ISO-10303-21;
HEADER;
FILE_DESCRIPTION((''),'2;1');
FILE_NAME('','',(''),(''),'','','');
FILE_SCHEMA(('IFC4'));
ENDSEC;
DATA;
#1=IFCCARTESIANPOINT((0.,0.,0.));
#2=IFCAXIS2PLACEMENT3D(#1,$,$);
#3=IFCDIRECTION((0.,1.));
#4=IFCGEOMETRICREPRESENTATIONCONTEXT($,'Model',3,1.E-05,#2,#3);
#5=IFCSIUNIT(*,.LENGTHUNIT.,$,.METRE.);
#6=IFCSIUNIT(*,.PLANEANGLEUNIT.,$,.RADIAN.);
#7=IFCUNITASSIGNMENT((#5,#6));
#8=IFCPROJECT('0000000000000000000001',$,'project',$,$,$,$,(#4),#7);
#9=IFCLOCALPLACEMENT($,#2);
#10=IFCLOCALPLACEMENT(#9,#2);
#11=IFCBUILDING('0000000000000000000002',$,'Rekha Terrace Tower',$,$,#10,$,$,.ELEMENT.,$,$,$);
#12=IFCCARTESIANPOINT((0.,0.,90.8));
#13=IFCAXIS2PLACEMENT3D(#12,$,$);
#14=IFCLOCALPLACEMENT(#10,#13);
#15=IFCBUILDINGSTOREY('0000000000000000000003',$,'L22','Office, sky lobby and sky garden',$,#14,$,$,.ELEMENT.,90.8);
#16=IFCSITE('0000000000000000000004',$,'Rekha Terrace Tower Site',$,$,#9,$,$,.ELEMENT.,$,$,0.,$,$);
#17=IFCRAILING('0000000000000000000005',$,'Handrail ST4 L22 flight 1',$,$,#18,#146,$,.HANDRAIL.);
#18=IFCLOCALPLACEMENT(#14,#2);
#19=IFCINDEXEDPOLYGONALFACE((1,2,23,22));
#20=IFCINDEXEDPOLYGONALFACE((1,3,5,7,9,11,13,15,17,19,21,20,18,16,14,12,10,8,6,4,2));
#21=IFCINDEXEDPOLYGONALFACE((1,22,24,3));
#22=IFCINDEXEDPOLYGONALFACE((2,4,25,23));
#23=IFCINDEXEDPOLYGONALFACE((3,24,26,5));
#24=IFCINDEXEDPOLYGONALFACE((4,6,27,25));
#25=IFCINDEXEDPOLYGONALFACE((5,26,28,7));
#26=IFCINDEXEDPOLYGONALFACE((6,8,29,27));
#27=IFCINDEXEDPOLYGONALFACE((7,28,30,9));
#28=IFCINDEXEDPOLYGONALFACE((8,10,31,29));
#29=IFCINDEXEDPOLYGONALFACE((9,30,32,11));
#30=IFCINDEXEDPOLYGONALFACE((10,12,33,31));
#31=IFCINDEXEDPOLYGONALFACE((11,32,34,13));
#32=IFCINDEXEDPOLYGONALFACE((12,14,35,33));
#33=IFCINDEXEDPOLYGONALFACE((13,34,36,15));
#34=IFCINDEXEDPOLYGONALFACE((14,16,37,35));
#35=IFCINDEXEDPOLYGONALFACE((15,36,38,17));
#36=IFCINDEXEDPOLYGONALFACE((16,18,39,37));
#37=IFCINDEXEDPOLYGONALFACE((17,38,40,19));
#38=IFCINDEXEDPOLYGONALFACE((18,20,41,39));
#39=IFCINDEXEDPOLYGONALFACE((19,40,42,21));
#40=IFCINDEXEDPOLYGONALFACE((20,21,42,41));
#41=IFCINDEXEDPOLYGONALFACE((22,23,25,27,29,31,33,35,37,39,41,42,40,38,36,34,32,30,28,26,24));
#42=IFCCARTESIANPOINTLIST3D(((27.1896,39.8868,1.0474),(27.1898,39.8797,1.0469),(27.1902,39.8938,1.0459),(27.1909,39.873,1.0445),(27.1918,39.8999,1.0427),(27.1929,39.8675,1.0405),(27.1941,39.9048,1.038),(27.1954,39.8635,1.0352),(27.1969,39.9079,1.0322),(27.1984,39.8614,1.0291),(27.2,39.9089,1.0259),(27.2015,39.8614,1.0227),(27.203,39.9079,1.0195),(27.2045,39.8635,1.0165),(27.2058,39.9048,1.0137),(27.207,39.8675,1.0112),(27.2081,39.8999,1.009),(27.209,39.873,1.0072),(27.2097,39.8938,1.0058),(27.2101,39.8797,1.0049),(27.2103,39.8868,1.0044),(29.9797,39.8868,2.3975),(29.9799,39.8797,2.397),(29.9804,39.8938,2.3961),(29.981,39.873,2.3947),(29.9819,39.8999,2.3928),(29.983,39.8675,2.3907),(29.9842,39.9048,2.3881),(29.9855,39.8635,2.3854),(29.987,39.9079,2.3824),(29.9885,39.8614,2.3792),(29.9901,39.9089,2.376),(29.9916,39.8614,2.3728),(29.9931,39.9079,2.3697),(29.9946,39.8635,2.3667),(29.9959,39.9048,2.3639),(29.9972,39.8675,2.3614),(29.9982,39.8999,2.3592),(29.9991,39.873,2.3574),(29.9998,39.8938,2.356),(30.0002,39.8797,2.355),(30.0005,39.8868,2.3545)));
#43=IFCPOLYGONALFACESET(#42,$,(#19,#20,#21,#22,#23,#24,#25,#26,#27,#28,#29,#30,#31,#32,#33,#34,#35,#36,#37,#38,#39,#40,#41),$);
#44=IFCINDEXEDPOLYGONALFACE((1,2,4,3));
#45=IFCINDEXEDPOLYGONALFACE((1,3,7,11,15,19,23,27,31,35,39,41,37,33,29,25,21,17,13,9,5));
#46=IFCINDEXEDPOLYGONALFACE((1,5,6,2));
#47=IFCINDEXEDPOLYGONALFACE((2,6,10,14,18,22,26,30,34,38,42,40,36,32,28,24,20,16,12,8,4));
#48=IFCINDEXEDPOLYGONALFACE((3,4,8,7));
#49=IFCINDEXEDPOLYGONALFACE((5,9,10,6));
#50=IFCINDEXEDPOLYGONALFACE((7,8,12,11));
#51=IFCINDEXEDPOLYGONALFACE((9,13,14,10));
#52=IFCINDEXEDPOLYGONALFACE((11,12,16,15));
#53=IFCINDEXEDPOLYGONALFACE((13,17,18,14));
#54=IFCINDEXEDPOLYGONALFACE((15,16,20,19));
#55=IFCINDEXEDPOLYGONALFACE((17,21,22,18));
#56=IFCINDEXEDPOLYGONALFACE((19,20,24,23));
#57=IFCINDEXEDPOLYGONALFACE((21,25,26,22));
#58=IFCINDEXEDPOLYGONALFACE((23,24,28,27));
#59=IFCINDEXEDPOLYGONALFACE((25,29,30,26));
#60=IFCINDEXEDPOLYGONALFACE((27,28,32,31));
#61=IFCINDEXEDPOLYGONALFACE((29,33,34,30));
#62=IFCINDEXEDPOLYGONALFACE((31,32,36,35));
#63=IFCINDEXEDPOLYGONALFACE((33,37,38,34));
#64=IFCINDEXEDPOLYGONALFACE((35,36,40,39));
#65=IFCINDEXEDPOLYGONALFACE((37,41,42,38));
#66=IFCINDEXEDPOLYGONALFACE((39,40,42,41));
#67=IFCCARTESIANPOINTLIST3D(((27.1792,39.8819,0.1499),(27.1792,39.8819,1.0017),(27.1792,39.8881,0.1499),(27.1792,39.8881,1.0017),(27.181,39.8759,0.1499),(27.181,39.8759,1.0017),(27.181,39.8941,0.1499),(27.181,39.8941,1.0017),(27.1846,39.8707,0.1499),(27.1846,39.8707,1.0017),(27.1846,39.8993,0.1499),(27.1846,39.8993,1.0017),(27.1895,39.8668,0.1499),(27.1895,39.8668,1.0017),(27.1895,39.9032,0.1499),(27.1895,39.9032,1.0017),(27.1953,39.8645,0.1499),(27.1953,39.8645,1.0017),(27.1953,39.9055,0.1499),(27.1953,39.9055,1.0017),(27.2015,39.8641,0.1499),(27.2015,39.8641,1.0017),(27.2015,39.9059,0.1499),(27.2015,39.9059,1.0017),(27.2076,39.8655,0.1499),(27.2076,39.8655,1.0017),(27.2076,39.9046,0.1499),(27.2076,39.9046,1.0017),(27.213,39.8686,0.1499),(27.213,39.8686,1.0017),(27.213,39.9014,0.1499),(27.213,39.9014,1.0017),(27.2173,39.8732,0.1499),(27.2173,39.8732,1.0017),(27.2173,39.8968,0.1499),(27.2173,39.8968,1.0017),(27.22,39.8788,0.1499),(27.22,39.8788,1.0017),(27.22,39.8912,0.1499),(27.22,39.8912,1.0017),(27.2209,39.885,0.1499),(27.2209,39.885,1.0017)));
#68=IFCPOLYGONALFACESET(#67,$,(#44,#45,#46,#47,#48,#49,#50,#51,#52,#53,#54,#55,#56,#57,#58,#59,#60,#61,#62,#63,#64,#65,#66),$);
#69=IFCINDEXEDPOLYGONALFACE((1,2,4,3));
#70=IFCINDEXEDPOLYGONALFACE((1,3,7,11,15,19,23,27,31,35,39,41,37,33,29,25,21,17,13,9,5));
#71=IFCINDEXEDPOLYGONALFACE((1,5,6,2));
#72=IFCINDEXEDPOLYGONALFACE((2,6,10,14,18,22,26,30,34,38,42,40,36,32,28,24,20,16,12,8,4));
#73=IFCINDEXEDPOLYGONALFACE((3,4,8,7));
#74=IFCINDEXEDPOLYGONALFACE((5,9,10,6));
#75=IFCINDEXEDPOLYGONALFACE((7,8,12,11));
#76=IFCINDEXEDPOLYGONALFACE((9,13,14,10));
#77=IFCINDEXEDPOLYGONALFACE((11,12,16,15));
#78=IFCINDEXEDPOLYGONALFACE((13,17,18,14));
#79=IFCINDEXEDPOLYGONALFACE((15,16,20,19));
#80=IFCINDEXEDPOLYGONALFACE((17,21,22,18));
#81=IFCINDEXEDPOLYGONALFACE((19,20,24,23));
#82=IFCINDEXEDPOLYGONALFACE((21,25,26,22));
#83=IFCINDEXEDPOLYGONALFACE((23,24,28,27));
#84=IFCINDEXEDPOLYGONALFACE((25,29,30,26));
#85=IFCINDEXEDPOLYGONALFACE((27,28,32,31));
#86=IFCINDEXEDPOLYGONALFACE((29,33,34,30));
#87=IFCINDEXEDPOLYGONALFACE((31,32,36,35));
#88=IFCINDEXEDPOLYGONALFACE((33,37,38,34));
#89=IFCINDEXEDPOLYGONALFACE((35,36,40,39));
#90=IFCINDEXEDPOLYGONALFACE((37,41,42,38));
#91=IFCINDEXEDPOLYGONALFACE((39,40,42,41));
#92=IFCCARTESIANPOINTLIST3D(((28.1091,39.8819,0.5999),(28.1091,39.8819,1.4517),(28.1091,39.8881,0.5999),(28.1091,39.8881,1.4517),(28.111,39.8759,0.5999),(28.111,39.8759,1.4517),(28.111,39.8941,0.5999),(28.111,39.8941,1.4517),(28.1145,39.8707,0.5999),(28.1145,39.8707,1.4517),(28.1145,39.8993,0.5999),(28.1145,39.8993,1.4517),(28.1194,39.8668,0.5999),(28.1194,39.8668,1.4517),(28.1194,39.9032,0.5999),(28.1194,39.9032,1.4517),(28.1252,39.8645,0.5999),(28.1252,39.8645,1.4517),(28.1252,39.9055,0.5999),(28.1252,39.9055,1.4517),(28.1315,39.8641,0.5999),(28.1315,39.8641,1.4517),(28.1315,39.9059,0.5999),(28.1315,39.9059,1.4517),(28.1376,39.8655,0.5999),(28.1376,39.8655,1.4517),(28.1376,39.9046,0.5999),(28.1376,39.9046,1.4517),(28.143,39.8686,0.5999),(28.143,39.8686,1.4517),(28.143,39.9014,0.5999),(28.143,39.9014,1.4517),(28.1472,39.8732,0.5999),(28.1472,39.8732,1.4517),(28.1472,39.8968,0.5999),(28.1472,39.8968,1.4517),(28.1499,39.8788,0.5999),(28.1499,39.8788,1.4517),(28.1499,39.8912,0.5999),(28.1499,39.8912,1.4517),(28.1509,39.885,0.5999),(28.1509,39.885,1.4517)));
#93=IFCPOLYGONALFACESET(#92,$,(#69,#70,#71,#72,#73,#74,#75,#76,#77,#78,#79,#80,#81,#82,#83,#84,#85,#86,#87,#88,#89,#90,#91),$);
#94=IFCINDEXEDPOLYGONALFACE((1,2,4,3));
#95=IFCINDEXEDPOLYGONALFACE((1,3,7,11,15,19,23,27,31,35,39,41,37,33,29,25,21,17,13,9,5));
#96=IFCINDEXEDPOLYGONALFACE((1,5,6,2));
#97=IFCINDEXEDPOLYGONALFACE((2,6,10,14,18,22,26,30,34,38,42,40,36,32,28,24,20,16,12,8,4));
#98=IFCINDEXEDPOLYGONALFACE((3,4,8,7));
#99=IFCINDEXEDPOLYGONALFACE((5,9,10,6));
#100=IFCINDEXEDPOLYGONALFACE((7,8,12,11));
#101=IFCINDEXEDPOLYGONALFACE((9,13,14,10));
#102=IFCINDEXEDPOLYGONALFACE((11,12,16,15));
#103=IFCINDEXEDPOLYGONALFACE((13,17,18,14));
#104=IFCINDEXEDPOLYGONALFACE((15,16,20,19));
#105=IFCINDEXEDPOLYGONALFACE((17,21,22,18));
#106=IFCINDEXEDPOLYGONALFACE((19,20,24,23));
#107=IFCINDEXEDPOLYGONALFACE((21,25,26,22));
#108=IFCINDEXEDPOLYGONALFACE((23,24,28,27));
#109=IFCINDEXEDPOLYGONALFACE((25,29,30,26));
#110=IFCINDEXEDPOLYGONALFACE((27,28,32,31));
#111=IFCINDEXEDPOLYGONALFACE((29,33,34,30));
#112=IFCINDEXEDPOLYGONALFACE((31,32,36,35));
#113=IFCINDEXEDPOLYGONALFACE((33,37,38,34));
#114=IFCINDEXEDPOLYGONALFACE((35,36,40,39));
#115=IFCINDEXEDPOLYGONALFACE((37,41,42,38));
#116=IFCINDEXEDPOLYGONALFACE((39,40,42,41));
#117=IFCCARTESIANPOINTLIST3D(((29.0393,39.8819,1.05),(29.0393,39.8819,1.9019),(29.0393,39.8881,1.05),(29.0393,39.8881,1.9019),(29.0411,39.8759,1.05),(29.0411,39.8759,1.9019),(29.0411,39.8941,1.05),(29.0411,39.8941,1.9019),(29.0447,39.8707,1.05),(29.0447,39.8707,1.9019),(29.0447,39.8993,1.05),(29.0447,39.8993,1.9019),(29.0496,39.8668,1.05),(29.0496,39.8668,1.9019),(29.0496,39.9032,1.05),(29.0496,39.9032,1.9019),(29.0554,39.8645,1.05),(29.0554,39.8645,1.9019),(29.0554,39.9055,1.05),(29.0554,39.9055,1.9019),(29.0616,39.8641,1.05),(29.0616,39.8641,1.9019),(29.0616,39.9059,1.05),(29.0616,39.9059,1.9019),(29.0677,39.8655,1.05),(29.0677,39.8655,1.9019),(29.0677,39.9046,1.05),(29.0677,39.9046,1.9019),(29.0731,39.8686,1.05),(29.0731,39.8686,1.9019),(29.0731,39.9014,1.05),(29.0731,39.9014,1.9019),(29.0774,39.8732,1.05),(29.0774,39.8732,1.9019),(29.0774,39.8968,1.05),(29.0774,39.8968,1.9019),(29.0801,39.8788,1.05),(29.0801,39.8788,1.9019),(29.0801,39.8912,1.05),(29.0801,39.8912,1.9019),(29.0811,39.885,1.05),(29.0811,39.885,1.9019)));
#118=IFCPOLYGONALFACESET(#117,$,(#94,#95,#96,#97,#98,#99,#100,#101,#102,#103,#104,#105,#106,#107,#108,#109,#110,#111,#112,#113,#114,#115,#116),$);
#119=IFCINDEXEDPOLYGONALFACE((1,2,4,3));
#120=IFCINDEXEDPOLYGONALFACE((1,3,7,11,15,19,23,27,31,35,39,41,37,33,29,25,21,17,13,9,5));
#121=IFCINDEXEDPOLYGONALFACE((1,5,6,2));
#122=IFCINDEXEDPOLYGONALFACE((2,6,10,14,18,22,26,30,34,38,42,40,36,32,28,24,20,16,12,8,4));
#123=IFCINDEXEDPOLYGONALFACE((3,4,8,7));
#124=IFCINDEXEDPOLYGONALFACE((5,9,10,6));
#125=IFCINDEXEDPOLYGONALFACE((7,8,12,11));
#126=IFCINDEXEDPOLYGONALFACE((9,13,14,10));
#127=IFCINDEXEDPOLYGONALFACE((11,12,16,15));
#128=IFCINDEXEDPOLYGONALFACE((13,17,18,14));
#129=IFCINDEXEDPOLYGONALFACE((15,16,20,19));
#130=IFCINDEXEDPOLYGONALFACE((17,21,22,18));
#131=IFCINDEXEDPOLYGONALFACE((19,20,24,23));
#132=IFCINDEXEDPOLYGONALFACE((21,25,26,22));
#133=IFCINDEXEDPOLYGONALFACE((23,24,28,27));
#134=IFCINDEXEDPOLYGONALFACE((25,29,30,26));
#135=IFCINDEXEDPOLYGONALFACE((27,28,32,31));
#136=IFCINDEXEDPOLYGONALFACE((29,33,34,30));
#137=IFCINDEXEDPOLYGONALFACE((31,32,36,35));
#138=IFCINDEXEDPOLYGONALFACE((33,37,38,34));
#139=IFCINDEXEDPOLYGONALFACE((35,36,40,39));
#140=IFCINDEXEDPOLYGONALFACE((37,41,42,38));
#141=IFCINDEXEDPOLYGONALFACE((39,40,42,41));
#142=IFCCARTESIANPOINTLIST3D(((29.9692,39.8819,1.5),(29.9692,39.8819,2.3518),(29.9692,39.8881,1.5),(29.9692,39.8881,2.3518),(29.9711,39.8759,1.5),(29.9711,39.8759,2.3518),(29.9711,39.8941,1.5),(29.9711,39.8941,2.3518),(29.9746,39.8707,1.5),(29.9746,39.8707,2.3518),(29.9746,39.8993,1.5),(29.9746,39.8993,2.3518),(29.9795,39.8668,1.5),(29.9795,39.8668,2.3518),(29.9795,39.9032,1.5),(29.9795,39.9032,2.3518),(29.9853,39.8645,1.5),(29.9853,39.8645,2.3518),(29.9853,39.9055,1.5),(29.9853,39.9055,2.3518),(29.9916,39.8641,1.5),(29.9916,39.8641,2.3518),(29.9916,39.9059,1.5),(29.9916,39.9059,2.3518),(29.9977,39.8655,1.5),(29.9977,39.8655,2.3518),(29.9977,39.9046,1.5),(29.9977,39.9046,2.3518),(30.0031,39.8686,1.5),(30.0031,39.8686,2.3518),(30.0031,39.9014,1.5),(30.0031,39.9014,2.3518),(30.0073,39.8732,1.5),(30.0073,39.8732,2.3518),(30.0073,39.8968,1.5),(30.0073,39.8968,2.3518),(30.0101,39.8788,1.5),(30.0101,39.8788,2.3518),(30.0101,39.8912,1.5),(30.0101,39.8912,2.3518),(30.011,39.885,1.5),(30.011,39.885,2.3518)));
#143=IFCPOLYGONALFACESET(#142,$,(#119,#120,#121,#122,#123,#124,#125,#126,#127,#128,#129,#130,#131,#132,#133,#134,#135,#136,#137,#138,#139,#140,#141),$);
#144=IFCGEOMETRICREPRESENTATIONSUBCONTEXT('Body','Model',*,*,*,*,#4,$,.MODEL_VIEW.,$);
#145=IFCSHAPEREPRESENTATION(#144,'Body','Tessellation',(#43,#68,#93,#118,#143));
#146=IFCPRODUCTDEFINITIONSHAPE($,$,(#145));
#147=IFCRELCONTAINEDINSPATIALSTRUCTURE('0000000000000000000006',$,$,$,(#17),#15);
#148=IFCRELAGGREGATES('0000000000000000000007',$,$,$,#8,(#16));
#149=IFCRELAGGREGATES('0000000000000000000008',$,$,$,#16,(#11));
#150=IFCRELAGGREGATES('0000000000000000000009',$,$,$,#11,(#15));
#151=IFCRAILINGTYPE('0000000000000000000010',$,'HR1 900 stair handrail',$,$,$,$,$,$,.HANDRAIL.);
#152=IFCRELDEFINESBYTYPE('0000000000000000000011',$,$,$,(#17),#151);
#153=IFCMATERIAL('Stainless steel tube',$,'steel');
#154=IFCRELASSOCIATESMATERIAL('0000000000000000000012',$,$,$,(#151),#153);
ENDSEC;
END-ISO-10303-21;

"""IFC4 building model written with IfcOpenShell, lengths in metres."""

from ifc_helpers import new_model, si_unit, direction, frame, origin, origin_2d, place, context, subcontext, project, spatial, circle, extrude, material, type_object, element, save


model = new_model("IFC4")

# Units and contexts
model_context = context("Model", 3, precision=1e-05, world=origin(), true_north=direction((0.0, 1.0)))
body_context = subcontext(model_context, "Body", "Model", "MODEL_VIEW")
ifc_project = project(units=[si_unit("LENGTHUNIT", "METRE"), si_unit("PLANEANGLEUNIT", "RADIAN")], contexts=[model_context])

# Site, building, storey
site_placement = place(None, origin())
site = spatial("IfcSite", under=ifc_project, at=site_placement, Name="Rekha Terrace Tower Site", CompositionType="ELEMENT", RefElevation=0.0)
building_placement = place(site_placement, origin())
building = spatial("IfcBuilding", under=site, at=building_placement, Name="Rekha Terrace Tower", CompositionType="ELEMENT")
storey_placement = place(building_placement, frame((0.0, 0.0, 90.8)))
storey = spatial("IfcBuildingStorey", under=building, at=storey_placement, Name="L22", Description="Office, sky lobby and sky garden", CompositionType="ELEMENT", Elevation=90.8)

# Railing
ifc_material_1 = material(Name="Stainless steel tube", Category="steel")
railing_type_1 = type_object("IfcRailingType", Name="HR1 900 stair handrail", PredefinedType="HANDRAIL", material=ifc_material_1)
railing_1_placement = place(storey_placement, frame((27.2, 39.885, 0.1499)))
element("IfcRailing", 1, at=railing_1_placement, inside=storey, type_object=railing_type_1, Name="Handrail ST4 L22 flight 1", PredefinedType="HANDRAIL", context=body_context, shape_type="SweptSolid", body=[
    extrude(circle(Radius=0.0239, at=origin_2d()), frame((0.0, 0.0, 0.876), z_axis=(0.900149, 0.0, 0.435582), x_axis=(0.0, 1.0, 0.0)), (0.0, 0.0, 1.0), 3.0996),
    extrude(circle(Radius=0.021, at=origin_2d()), origin(), (0.0, 0.0, 1.0), 0.8518),
    extrude(circle(Radius=0.021, at=origin_2d()), frame((0.9299, 0.0, 0.45)), (0.0, 0.0, 1.0), 0.8518),
    extrude(circle(Radius=0.021, at=origin_2d()), frame((1.8601, 0.0, 0.9001)), (0.0, 0.0, 1.0), 0.8518),
    extrude(circle(Radius=0.021, at=origin_2d()), frame((2.79, 0.0, 1.3501)), (0.0, 0.0, 1.0), 0.8518),
])

save(model, "model.ifc")
